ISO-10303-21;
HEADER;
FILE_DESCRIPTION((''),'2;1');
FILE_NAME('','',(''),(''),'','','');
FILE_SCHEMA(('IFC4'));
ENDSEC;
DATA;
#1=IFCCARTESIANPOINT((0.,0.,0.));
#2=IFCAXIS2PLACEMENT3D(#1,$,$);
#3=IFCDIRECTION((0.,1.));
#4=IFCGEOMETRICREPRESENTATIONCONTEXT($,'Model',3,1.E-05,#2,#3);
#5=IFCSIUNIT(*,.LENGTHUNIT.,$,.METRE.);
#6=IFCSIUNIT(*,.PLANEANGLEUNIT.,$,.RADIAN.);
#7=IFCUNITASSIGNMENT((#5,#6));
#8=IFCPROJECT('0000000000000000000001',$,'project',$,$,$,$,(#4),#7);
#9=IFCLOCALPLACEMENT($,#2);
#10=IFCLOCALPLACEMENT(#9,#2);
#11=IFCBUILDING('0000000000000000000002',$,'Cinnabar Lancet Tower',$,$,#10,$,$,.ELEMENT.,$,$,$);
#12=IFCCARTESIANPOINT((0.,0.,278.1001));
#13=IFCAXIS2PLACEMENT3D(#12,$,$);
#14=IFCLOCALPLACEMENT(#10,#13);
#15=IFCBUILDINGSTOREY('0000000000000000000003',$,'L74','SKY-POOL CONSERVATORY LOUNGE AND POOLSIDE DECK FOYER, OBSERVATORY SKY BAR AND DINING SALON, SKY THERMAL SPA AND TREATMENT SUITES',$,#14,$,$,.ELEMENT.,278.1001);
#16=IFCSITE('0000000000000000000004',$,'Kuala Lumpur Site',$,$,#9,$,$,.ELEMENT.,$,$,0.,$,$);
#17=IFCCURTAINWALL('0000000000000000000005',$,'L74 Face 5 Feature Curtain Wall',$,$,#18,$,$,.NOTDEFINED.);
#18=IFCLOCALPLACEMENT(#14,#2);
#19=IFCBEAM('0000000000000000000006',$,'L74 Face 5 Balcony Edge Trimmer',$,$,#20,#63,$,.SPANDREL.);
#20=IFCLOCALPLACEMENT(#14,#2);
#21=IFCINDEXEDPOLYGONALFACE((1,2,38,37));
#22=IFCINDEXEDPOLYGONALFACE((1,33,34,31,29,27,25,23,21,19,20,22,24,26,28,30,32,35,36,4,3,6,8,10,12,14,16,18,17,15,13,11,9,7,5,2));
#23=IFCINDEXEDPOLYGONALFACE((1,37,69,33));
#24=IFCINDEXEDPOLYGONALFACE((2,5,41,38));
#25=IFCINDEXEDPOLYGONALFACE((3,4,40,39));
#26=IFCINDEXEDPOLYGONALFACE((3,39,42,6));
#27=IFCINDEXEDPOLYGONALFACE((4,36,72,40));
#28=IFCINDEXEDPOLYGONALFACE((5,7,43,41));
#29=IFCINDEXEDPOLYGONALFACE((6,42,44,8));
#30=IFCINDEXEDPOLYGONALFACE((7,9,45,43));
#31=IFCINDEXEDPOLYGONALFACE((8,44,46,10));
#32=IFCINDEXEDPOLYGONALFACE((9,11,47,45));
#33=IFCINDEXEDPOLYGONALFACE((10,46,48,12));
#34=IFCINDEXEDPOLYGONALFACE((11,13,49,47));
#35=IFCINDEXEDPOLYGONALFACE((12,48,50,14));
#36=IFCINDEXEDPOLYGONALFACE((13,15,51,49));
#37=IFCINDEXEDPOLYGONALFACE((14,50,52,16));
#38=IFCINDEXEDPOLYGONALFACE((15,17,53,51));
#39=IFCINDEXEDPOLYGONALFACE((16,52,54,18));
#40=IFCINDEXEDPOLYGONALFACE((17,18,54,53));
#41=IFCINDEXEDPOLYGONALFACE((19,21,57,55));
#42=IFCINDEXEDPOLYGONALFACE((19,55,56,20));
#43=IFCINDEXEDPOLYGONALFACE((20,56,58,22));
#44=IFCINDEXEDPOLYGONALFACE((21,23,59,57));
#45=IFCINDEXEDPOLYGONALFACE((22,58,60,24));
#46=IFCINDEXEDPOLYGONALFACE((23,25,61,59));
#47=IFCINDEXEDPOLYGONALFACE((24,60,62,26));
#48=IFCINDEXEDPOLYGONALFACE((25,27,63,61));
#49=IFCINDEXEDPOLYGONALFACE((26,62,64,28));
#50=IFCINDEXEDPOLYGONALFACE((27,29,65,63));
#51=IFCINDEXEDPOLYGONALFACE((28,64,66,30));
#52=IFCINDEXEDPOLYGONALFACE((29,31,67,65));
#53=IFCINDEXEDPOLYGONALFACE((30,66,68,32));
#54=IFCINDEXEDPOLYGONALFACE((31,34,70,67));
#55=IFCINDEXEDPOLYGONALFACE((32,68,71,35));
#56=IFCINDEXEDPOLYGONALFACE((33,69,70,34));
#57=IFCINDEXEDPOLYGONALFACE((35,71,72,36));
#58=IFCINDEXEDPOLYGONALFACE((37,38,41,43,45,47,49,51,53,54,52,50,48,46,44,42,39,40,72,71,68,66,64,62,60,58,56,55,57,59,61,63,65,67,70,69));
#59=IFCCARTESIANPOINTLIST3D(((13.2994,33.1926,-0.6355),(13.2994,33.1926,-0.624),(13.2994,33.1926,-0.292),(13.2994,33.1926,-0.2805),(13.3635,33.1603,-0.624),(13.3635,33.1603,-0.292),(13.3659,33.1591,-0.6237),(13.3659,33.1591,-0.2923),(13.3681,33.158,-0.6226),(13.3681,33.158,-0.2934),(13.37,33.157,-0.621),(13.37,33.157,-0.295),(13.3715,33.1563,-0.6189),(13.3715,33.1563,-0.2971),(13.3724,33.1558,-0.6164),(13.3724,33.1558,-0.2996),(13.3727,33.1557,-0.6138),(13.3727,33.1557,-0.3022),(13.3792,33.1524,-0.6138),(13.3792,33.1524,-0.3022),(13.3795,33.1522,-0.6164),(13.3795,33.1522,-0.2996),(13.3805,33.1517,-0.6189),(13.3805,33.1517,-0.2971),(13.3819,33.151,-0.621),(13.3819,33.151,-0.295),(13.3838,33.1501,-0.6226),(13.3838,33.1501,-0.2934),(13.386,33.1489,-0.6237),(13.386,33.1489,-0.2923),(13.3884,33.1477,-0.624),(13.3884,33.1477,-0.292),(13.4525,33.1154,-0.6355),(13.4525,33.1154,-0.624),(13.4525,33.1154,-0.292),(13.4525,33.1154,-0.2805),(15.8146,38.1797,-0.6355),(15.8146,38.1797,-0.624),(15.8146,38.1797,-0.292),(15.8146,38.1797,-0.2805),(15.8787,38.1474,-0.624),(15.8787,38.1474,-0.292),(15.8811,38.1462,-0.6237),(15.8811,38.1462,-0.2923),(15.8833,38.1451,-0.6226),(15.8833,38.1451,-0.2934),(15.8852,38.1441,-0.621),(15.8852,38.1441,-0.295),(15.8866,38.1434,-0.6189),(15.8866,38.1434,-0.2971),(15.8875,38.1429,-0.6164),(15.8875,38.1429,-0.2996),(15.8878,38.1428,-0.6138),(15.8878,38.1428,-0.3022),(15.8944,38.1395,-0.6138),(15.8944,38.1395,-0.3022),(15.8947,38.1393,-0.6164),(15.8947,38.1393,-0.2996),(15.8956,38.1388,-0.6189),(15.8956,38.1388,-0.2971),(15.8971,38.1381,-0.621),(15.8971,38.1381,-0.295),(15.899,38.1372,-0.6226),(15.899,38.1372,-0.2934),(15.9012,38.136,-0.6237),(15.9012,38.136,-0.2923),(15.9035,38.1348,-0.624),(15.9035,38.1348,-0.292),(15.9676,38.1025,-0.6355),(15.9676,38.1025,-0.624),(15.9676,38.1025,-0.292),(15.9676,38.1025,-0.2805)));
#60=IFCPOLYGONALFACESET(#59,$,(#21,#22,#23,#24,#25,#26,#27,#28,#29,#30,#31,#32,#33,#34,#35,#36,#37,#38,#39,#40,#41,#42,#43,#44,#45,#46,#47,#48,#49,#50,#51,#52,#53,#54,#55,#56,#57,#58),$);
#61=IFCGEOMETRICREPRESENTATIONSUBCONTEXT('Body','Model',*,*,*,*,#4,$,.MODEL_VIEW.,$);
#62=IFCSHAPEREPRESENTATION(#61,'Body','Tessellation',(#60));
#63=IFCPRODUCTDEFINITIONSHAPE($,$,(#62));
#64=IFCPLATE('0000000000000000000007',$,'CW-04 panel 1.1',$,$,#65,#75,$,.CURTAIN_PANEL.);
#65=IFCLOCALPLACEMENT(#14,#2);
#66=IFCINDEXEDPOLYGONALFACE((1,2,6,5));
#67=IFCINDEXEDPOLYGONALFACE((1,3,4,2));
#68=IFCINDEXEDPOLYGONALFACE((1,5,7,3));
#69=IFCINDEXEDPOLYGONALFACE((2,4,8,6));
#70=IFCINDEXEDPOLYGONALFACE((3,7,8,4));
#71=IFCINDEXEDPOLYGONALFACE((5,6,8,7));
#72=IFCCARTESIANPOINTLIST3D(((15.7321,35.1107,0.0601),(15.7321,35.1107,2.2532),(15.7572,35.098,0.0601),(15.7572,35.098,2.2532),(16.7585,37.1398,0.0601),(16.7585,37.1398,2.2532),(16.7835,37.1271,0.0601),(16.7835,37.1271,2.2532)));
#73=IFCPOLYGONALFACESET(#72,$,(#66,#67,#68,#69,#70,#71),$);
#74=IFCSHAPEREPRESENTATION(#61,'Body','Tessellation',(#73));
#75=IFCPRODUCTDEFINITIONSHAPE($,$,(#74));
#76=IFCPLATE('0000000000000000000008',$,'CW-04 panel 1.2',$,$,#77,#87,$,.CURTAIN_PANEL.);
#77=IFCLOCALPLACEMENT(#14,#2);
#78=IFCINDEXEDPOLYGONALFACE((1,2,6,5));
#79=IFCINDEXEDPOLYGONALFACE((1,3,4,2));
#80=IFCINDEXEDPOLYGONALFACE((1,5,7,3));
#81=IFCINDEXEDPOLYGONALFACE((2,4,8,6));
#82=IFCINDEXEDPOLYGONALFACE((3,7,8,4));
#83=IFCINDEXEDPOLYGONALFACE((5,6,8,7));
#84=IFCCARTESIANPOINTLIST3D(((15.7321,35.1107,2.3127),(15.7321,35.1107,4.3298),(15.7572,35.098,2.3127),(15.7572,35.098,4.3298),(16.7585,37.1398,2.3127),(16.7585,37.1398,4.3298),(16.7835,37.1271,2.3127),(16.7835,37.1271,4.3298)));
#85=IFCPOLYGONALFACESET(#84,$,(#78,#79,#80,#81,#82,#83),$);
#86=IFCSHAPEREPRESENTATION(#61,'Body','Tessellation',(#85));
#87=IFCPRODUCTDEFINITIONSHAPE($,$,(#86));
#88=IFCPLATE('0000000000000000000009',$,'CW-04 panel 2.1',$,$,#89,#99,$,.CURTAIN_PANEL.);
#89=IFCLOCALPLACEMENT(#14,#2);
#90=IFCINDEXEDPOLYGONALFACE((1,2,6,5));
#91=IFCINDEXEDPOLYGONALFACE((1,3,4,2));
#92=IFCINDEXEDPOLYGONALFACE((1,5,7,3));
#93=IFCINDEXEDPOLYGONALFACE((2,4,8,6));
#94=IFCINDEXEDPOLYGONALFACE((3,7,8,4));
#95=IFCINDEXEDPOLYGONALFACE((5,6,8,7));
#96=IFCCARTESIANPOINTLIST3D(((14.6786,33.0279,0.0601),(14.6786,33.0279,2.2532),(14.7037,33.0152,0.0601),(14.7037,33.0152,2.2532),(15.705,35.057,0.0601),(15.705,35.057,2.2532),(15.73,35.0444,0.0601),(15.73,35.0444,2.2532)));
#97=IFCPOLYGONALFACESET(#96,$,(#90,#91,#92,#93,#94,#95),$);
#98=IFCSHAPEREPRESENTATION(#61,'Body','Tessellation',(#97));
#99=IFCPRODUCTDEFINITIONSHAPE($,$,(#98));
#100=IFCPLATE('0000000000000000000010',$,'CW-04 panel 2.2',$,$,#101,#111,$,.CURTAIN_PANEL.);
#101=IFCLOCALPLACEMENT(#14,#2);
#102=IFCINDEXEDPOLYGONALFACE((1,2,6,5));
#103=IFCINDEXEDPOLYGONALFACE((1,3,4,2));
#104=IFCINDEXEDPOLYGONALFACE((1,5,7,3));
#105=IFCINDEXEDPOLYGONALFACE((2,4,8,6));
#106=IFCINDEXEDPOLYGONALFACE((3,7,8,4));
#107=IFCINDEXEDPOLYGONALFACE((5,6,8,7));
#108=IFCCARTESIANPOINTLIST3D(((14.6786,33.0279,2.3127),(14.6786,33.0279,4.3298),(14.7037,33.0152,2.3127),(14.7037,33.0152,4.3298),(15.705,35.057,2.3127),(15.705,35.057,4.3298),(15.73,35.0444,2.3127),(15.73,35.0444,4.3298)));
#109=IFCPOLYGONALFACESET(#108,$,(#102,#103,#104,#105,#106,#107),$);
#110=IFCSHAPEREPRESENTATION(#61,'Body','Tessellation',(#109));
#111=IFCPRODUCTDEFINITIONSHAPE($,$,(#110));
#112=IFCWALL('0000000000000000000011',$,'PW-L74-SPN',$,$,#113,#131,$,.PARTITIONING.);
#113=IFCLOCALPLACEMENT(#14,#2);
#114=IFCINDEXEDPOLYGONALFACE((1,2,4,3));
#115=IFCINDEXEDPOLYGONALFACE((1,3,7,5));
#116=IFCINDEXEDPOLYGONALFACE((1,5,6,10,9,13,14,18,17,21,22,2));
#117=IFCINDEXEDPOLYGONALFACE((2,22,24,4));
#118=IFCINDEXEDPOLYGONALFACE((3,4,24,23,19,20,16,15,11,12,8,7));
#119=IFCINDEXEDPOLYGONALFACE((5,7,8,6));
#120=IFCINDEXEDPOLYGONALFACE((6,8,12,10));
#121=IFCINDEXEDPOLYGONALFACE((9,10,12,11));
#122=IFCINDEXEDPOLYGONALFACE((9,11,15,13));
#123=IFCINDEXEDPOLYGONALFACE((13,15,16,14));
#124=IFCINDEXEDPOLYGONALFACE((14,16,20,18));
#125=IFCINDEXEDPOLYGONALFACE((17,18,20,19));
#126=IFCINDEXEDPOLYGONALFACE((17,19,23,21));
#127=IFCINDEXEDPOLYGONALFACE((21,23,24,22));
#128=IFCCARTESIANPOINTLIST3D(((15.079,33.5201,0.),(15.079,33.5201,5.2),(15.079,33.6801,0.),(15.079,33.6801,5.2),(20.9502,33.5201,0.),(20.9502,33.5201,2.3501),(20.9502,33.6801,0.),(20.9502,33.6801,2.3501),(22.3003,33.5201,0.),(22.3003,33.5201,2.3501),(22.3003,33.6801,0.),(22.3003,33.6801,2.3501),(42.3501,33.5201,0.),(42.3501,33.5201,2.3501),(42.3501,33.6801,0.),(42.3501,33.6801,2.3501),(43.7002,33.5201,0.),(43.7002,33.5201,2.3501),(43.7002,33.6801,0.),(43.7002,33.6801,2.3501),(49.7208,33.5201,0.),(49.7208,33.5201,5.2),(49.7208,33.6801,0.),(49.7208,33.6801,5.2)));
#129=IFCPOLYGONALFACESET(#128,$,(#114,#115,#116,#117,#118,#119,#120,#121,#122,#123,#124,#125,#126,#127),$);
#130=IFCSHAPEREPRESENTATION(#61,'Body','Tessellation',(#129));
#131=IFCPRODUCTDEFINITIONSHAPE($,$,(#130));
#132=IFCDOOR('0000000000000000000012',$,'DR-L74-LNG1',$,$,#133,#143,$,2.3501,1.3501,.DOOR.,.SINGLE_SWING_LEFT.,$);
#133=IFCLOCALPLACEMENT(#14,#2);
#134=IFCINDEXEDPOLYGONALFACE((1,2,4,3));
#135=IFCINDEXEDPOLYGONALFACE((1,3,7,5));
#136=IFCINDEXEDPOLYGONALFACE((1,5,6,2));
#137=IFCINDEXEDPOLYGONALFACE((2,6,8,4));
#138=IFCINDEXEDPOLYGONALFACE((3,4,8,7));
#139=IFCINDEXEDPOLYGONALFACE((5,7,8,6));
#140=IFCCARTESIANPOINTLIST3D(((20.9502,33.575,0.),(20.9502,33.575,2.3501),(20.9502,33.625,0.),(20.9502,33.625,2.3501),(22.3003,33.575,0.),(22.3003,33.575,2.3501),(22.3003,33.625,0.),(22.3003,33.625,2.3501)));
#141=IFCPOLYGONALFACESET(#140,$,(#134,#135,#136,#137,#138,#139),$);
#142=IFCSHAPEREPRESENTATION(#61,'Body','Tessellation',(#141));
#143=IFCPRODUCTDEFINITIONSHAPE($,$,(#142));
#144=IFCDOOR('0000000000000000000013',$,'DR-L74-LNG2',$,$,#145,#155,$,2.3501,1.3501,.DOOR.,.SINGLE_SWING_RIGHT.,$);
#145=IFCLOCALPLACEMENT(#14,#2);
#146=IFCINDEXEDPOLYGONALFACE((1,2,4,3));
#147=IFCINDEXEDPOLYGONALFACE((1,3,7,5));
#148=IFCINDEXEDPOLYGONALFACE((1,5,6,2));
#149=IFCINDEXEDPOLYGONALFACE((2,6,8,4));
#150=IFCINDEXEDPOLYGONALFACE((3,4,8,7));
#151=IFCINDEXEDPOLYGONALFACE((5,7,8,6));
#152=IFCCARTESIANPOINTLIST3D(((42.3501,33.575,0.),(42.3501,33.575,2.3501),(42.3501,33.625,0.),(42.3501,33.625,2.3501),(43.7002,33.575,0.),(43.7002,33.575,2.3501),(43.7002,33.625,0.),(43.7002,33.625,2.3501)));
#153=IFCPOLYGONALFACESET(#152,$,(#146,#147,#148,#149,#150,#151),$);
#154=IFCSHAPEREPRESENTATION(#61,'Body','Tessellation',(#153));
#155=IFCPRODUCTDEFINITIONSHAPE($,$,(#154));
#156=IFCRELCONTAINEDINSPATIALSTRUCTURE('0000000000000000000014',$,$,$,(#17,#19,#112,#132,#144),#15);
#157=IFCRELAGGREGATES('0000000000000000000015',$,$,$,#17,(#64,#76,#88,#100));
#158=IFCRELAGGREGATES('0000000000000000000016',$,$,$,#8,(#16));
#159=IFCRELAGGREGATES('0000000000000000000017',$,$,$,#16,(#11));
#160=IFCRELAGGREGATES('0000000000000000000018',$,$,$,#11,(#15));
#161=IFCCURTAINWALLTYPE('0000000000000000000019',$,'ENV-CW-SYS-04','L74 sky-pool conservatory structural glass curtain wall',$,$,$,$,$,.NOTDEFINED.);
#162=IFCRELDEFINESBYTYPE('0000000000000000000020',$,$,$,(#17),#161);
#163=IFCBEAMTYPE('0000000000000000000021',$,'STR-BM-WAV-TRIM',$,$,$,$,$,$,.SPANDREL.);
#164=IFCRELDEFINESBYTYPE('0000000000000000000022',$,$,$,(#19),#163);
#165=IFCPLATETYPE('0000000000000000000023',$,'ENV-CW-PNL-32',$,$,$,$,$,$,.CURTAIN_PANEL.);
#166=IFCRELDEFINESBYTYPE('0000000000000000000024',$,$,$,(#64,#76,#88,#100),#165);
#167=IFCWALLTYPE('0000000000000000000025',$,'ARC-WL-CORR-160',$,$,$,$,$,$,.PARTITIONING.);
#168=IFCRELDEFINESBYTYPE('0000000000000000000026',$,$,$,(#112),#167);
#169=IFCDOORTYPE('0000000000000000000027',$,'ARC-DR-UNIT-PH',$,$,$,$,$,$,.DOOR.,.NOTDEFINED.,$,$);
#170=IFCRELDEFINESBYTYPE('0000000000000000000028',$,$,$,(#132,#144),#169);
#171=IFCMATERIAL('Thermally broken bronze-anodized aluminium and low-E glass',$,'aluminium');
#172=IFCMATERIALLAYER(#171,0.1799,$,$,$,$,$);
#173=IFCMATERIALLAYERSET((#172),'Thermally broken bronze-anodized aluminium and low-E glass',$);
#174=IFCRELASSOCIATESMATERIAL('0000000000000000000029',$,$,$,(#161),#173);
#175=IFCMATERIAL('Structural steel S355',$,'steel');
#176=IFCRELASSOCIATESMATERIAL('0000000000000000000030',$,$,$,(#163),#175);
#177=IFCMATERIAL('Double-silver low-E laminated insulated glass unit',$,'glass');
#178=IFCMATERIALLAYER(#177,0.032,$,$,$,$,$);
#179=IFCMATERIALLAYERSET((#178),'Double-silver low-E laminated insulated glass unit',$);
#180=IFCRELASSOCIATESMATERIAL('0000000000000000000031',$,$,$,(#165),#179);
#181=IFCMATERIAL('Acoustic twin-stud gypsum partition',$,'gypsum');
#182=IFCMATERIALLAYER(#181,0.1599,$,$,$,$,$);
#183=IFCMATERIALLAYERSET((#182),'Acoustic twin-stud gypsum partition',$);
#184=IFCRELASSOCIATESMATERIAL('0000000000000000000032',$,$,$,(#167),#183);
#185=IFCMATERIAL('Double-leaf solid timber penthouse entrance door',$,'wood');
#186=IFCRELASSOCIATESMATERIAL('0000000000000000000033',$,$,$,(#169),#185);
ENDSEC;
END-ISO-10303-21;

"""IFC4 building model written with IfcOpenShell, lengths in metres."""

from ifc_helpers import new_model, si_unit, direction, frame, frame_2d, origin, origin_2d, place, context, subcontext, project, spatial, rectangle, i_section, extrude, material, layer, layer_set, material_profile, profile_set, type_object, element, fill, aggregate, save


model = new_model("IFC4")

# Units and contexts
model_context = context("Model", 3, precision=1e-05, world=origin(), true_north=direction((0.0, 1.0)))
body_context = subcontext(model_context, "Body", "Model", "MODEL_VIEW")
ifc_project = project(units=[si_unit("LENGTHUNIT", "METRE"), si_unit("PLANEANGLEUNIT", "RADIAN")], contexts=[model_context])

# Site, building, storey
site_placement = place(None, origin())
site = spatial("IfcSite", under=ifc_project, at=site_placement, Name="Kuala Lumpur Site", CompositionType="ELEMENT", RefElevation=0.0)
building_placement = place(site_placement, origin())
building = spatial("IfcBuilding", under=site, at=building_placement, Name="Cinnabar Lancet Tower", CompositionType="ELEMENT")
storey_placement = place(building_placement, frame((0.0, 0.0, 278.1001)))
storey = spatial("IfcBuildingStorey", under=building, at=storey_placement, Name="L74", Description="SKY-POOL CONSERVATORY LOUNGE AND POOLSIDE DECK FOYER, OBSERVATORY SKY BAR AND DINING SALON, SKY THERMAL SPA AND TREATMENT SUITES", CompositionType="ELEMENT", Elevation=278.1001)

# Curtain wall
ifc_material_1 = material(Name="Thermally broken bronze-anodized aluminium and low-E glass", Category="aluminium")
ifc_layer_1 = layer(ifc_material_1, 0.1799)
ifc_layer_set_1 = layer_set([ifc_layer_1], Name="Thermally broken bronze-anodized aluminium and low-E glass")
curtain_wall_type = type_object("IfcCurtainWallType", Name="ENV-CW-SYS-04", Description="L74 sky-pool conservatory structural glass curtain wall", PredefinedType="NOTDEFINED", material=ifc_layer_set_1)
curtain_wall_placement = place(storey_placement, origin())
curtain_wall = element("IfcCurtainWall", 1, at=curtain_wall_placement, inside=storey, type_object=curtain_wall_type, Name="L74 Face 5 Feature Curtain Wall", PredefinedType="NOTDEFINED")

# Beam
ifc_material_2 = material(Name="Structural steel S355", Category="steel")
ifc_material_profile_1 = material_profile(ifc_material_2, i_section(OverallWidth=0.1714, OverallDepth=0.355, WebThickness=0.0073, FlangeThickness=0.0115, FilletRadius=0.0103, at=origin_2d()), Name="UKB 356x171x51")
ifc_profile_set_1 = profile_set([ifc_material_profile_1], Name="Structural steel S355")
beam_type_1 = type_object("IfcBeamType", Name="STR-BM-WAV-TRIM", PredefinedType="SPANDREL", material=ifc_profile_set_1)
beam_1_placement = place(storey_placement, frame((15.8911, 38.1411, -0.458), z_axis=(-0.450306, -0.892874, 0.0), x_axis=(0.892874, -0.450306, 0.0)))
element("IfcBeam", 2, at=beam_1_placement, inside=storey, type_object=beam_type_1, Name="L74 Face 5 Balcony Edge Trimmer", PredefinedType="SPANDREL", context=body_context, shape_type="SweptSolid", body=[
    extrude(i_section(OverallWidth=0.1714, OverallDepth=0.355, WebThickness=0.0073, FlangeThickness=0.0115, FilletRadius=0.0103, at=origin_2d()), origin(), (0.0, 0.0, 1.0), 5.5854),
])

# Plates
ifc_material_3 = material(Name="Double-silver low-E laminated insulated glass unit", Category="glass")
ifc_layer_2 = layer(ifc_material_3, 0.032)
ifc_layer_set_2 = layer_set([ifc_layer_2], Name="Double-silver low-E laminated insulated glass unit")
plate_type = type_object("IfcPlateType", Name="ENV-CW-PNL-32", PredefinedType="CURTAIN_PANEL", material=ifc_layer_set_2)
plate_1_placement = place(storey_placement, frame((16.2578, 36.1189, 0.0601), z_axis=(0.0, 0.0, 1.0), x_axis=(-0.451354, -0.892345, 0.0)))
plate_1 = element("IfcPlate", 3, at=plate_1_placement, type_object=plate_type, Name="CW-04 panel 1.1", PredefinedType="CURTAIN_PANEL", context=body_context, shape_type="SweptSolid", body=[
    extrude(rectangle(XDim=2.2739, YDim=0.0281, at=origin_2d()), origin(), (0.0, 0.0, 1.0), 2.1931),
])
plate_2_placement = place(storey_placement, frame((16.2578, 36.1189, 2.3127), z_axis=(0.0, 0.0, 1.0), x_axis=(-0.451354, -0.892345, 0.0)))
plate_2 = element("IfcPlate", 4, at=plate_2_placement, type_object=plate_type, Name="CW-04 panel 1.2", PredefinedType="CURTAIN_PANEL", context=body_context, shape_type="SweptSolid", body=[
    extrude(rectangle(XDim=2.2739, YDim=0.0281, at=origin_2d()), origin(), (0.0, 0.0, 1.0), 2.0171),
])
plate_3_placement = place(storey_placement, frame((15.2043, 34.0361, 0.0601), z_axis=(0.0, 0.0, 1.0), x_axis=(-0.451354, -0.892345, 0.0)))
plate_3 = element("IfcPlate", 5, at=plate_3_placement, type_object=plate_type, Name="CW-04 panel 2.1", PredefinedType="CURTAIN_PANEL", context=body_context, shape_type="SweptSolid", body=[
    extrude(rectangle(XDim=2.2739, YDim=0.0281, at=origin_2d()), origin(), (0.0, 0.0, 1.0), 2.1931),
])
plate_4_placement = place(storey_placement, frame((15.2043, 34.0361, 2.3127), z_axis=(0.0, 0.0, 1.0), x_axis=(-0.451354, -0.892345, 0.0)))
plate_4 = element("IfcPlate", 6, at=plate_4_placement, type_object=plate_type, Name="CW-04 panel 2.2", PredefinedType="CURTAIN_PANEL", context=body_context, shape_type="SweptSolid", body=[
    extrude(rectangle(XDim=2.2739, YDim=0.0281, at=origin_2d()), origin(), (0.0, 0.0, 1.0), 2.0171),
])
aggregate(curtain_wall, [plate_1, plate_2, plate_3, plate_4])

# Wall, openings, doors
ifc_material_4 = material(Name="Acoustic twin-stud gypsum partition", Category="gypsum")
ifc_layer_3 = layer(ifc_material_4, 0.1599)
ifc_layer_set_3 = layer_set([ifc_layer_3], Name="Acoustic twin-stud gypsum partition")
wall_type = type_object("IfcWallType", Name="ARC-WL-CORR-160", PredefinedType="PARTITIONING", material=ifc_layer_set_3)
wall_placement = place(storey_placement, frame((15.0791, 33.6001, 0.0), z_axis=(0.0, 0.0, 1.0), x_axis=(1.0, 0.0, 0.0)))
wall = element("IfcWall", 7, at=wall_placement, inside=storey, type_object=wall_type, Name="PW-L74-SPN", PredefinedType="PARTITIONING", context=body_context, shape_type="SweptSolid", body=[
    extrude(rectangle(XDim=34.6418, YDim=0.1599, at=frame_2d((17.3208, 0.0))), origin(), (0.0, 0.0, 1.0), 5.2),
])
opening_1_placement = place(wall_placement, frame((5.8711, 0.0, 0.0)))
opening_1 = element("IfcOpeningElement", 8, at=opening_1_placement, cuts=wall, PredefinedType="OPENING", context=body_context, shape_type="SweptSolid", body=[
    extrude(rectangle(XDim=1.3501, YDim=2.3501, at=frame_2d((0.675, 1.175))), frame((0.0, 0.0898, 0.0), z_axis=(0.0, -1.0, 0.0), x_axis=(1.0, 0.0, 0.0)), (0.0, 0.0, 1.0), 0.1799),
])
opening_2_placement = place(wall_placement, frame((27.271, 0.0, 0.0)))
opening_2 = element("IfcOpeningElement", 9, at=opening_2_placement, cuts=wall, PredefinedType="OPENING", context=body_context, shape_type="SweptSolid", body=[
    extrude(rectangle(XDim=1.3501, YDim=2.3501, at=frame_2d((0.675, 1.175))), frame((0.0, 0.0898, 0.0), z_axis=(0.0, -1.0, 0.0), x_axis=(1.0, 0.0, 0.0)), (0.0, 0.0, 1.0), 0.1799),
])
ifc_material_5 = material(Name="Double-leaf solid timber penthouse entrance door", Category="wood")
door_type = type_object("IfcDoorType", Name="ARC-DR-UNIT-PH", OperationType="NOTDEFINED", PredefinedType="DOOR", material=ifc_material_5)
door_1_placement = place(opening_1_placement, origin())
door_1 = element("IfcDoor", 10, at=door_1_placement, inside=storey, type_object=door_type, Name="DR-L74-LNG1", OperationType="SINGLE_SWING_LEFT", OverallHeight=2.3501, OverallWidth=1.3501, PredefinedType="DOOR", context=body_context, shape_type="SweptSolid", body=[
    extrude(rectangle(XDim=1.3501, YDim=2.3501, at=frame_2d((0.675, 1.175))), frame((0.0, 0.0249, 0.0), z_axis=(0.0, -1.0, 0.0), x_axis=(1.0, 0.0, 0.0)), (0.0, 0.0, 1.0), 0.05),
])
fill(opening_1, door_1)
door_2_placement = place(opening_2_placement, origin())
door_2 = element("IfcDoor", 11, at=door_2_placement, inside=storey, type_object=door_type, Name="DR-L74-LNG2", OperationType="SINGLE_SWING_RIGHT", OverallHeight=2.3501, OverallWidth=1.3501, PredefinedType="DOOR", context=body_context, shape_type="SweptSolid", body=[
    extrude(rectangle(XDim=1.3501, YDim=2.3501, at=frame_2d((0.675, 1.175))), frame((0.0, 0.0249, 0.0), z_axis=(0.0, -1.0, 0.0), x_axis=(1.0, 0.0, 0.0)), (0.0, 0.0, 1.0), 0.05),
])
fill(opening_2, door_2)

save(model, "model.ifc")
